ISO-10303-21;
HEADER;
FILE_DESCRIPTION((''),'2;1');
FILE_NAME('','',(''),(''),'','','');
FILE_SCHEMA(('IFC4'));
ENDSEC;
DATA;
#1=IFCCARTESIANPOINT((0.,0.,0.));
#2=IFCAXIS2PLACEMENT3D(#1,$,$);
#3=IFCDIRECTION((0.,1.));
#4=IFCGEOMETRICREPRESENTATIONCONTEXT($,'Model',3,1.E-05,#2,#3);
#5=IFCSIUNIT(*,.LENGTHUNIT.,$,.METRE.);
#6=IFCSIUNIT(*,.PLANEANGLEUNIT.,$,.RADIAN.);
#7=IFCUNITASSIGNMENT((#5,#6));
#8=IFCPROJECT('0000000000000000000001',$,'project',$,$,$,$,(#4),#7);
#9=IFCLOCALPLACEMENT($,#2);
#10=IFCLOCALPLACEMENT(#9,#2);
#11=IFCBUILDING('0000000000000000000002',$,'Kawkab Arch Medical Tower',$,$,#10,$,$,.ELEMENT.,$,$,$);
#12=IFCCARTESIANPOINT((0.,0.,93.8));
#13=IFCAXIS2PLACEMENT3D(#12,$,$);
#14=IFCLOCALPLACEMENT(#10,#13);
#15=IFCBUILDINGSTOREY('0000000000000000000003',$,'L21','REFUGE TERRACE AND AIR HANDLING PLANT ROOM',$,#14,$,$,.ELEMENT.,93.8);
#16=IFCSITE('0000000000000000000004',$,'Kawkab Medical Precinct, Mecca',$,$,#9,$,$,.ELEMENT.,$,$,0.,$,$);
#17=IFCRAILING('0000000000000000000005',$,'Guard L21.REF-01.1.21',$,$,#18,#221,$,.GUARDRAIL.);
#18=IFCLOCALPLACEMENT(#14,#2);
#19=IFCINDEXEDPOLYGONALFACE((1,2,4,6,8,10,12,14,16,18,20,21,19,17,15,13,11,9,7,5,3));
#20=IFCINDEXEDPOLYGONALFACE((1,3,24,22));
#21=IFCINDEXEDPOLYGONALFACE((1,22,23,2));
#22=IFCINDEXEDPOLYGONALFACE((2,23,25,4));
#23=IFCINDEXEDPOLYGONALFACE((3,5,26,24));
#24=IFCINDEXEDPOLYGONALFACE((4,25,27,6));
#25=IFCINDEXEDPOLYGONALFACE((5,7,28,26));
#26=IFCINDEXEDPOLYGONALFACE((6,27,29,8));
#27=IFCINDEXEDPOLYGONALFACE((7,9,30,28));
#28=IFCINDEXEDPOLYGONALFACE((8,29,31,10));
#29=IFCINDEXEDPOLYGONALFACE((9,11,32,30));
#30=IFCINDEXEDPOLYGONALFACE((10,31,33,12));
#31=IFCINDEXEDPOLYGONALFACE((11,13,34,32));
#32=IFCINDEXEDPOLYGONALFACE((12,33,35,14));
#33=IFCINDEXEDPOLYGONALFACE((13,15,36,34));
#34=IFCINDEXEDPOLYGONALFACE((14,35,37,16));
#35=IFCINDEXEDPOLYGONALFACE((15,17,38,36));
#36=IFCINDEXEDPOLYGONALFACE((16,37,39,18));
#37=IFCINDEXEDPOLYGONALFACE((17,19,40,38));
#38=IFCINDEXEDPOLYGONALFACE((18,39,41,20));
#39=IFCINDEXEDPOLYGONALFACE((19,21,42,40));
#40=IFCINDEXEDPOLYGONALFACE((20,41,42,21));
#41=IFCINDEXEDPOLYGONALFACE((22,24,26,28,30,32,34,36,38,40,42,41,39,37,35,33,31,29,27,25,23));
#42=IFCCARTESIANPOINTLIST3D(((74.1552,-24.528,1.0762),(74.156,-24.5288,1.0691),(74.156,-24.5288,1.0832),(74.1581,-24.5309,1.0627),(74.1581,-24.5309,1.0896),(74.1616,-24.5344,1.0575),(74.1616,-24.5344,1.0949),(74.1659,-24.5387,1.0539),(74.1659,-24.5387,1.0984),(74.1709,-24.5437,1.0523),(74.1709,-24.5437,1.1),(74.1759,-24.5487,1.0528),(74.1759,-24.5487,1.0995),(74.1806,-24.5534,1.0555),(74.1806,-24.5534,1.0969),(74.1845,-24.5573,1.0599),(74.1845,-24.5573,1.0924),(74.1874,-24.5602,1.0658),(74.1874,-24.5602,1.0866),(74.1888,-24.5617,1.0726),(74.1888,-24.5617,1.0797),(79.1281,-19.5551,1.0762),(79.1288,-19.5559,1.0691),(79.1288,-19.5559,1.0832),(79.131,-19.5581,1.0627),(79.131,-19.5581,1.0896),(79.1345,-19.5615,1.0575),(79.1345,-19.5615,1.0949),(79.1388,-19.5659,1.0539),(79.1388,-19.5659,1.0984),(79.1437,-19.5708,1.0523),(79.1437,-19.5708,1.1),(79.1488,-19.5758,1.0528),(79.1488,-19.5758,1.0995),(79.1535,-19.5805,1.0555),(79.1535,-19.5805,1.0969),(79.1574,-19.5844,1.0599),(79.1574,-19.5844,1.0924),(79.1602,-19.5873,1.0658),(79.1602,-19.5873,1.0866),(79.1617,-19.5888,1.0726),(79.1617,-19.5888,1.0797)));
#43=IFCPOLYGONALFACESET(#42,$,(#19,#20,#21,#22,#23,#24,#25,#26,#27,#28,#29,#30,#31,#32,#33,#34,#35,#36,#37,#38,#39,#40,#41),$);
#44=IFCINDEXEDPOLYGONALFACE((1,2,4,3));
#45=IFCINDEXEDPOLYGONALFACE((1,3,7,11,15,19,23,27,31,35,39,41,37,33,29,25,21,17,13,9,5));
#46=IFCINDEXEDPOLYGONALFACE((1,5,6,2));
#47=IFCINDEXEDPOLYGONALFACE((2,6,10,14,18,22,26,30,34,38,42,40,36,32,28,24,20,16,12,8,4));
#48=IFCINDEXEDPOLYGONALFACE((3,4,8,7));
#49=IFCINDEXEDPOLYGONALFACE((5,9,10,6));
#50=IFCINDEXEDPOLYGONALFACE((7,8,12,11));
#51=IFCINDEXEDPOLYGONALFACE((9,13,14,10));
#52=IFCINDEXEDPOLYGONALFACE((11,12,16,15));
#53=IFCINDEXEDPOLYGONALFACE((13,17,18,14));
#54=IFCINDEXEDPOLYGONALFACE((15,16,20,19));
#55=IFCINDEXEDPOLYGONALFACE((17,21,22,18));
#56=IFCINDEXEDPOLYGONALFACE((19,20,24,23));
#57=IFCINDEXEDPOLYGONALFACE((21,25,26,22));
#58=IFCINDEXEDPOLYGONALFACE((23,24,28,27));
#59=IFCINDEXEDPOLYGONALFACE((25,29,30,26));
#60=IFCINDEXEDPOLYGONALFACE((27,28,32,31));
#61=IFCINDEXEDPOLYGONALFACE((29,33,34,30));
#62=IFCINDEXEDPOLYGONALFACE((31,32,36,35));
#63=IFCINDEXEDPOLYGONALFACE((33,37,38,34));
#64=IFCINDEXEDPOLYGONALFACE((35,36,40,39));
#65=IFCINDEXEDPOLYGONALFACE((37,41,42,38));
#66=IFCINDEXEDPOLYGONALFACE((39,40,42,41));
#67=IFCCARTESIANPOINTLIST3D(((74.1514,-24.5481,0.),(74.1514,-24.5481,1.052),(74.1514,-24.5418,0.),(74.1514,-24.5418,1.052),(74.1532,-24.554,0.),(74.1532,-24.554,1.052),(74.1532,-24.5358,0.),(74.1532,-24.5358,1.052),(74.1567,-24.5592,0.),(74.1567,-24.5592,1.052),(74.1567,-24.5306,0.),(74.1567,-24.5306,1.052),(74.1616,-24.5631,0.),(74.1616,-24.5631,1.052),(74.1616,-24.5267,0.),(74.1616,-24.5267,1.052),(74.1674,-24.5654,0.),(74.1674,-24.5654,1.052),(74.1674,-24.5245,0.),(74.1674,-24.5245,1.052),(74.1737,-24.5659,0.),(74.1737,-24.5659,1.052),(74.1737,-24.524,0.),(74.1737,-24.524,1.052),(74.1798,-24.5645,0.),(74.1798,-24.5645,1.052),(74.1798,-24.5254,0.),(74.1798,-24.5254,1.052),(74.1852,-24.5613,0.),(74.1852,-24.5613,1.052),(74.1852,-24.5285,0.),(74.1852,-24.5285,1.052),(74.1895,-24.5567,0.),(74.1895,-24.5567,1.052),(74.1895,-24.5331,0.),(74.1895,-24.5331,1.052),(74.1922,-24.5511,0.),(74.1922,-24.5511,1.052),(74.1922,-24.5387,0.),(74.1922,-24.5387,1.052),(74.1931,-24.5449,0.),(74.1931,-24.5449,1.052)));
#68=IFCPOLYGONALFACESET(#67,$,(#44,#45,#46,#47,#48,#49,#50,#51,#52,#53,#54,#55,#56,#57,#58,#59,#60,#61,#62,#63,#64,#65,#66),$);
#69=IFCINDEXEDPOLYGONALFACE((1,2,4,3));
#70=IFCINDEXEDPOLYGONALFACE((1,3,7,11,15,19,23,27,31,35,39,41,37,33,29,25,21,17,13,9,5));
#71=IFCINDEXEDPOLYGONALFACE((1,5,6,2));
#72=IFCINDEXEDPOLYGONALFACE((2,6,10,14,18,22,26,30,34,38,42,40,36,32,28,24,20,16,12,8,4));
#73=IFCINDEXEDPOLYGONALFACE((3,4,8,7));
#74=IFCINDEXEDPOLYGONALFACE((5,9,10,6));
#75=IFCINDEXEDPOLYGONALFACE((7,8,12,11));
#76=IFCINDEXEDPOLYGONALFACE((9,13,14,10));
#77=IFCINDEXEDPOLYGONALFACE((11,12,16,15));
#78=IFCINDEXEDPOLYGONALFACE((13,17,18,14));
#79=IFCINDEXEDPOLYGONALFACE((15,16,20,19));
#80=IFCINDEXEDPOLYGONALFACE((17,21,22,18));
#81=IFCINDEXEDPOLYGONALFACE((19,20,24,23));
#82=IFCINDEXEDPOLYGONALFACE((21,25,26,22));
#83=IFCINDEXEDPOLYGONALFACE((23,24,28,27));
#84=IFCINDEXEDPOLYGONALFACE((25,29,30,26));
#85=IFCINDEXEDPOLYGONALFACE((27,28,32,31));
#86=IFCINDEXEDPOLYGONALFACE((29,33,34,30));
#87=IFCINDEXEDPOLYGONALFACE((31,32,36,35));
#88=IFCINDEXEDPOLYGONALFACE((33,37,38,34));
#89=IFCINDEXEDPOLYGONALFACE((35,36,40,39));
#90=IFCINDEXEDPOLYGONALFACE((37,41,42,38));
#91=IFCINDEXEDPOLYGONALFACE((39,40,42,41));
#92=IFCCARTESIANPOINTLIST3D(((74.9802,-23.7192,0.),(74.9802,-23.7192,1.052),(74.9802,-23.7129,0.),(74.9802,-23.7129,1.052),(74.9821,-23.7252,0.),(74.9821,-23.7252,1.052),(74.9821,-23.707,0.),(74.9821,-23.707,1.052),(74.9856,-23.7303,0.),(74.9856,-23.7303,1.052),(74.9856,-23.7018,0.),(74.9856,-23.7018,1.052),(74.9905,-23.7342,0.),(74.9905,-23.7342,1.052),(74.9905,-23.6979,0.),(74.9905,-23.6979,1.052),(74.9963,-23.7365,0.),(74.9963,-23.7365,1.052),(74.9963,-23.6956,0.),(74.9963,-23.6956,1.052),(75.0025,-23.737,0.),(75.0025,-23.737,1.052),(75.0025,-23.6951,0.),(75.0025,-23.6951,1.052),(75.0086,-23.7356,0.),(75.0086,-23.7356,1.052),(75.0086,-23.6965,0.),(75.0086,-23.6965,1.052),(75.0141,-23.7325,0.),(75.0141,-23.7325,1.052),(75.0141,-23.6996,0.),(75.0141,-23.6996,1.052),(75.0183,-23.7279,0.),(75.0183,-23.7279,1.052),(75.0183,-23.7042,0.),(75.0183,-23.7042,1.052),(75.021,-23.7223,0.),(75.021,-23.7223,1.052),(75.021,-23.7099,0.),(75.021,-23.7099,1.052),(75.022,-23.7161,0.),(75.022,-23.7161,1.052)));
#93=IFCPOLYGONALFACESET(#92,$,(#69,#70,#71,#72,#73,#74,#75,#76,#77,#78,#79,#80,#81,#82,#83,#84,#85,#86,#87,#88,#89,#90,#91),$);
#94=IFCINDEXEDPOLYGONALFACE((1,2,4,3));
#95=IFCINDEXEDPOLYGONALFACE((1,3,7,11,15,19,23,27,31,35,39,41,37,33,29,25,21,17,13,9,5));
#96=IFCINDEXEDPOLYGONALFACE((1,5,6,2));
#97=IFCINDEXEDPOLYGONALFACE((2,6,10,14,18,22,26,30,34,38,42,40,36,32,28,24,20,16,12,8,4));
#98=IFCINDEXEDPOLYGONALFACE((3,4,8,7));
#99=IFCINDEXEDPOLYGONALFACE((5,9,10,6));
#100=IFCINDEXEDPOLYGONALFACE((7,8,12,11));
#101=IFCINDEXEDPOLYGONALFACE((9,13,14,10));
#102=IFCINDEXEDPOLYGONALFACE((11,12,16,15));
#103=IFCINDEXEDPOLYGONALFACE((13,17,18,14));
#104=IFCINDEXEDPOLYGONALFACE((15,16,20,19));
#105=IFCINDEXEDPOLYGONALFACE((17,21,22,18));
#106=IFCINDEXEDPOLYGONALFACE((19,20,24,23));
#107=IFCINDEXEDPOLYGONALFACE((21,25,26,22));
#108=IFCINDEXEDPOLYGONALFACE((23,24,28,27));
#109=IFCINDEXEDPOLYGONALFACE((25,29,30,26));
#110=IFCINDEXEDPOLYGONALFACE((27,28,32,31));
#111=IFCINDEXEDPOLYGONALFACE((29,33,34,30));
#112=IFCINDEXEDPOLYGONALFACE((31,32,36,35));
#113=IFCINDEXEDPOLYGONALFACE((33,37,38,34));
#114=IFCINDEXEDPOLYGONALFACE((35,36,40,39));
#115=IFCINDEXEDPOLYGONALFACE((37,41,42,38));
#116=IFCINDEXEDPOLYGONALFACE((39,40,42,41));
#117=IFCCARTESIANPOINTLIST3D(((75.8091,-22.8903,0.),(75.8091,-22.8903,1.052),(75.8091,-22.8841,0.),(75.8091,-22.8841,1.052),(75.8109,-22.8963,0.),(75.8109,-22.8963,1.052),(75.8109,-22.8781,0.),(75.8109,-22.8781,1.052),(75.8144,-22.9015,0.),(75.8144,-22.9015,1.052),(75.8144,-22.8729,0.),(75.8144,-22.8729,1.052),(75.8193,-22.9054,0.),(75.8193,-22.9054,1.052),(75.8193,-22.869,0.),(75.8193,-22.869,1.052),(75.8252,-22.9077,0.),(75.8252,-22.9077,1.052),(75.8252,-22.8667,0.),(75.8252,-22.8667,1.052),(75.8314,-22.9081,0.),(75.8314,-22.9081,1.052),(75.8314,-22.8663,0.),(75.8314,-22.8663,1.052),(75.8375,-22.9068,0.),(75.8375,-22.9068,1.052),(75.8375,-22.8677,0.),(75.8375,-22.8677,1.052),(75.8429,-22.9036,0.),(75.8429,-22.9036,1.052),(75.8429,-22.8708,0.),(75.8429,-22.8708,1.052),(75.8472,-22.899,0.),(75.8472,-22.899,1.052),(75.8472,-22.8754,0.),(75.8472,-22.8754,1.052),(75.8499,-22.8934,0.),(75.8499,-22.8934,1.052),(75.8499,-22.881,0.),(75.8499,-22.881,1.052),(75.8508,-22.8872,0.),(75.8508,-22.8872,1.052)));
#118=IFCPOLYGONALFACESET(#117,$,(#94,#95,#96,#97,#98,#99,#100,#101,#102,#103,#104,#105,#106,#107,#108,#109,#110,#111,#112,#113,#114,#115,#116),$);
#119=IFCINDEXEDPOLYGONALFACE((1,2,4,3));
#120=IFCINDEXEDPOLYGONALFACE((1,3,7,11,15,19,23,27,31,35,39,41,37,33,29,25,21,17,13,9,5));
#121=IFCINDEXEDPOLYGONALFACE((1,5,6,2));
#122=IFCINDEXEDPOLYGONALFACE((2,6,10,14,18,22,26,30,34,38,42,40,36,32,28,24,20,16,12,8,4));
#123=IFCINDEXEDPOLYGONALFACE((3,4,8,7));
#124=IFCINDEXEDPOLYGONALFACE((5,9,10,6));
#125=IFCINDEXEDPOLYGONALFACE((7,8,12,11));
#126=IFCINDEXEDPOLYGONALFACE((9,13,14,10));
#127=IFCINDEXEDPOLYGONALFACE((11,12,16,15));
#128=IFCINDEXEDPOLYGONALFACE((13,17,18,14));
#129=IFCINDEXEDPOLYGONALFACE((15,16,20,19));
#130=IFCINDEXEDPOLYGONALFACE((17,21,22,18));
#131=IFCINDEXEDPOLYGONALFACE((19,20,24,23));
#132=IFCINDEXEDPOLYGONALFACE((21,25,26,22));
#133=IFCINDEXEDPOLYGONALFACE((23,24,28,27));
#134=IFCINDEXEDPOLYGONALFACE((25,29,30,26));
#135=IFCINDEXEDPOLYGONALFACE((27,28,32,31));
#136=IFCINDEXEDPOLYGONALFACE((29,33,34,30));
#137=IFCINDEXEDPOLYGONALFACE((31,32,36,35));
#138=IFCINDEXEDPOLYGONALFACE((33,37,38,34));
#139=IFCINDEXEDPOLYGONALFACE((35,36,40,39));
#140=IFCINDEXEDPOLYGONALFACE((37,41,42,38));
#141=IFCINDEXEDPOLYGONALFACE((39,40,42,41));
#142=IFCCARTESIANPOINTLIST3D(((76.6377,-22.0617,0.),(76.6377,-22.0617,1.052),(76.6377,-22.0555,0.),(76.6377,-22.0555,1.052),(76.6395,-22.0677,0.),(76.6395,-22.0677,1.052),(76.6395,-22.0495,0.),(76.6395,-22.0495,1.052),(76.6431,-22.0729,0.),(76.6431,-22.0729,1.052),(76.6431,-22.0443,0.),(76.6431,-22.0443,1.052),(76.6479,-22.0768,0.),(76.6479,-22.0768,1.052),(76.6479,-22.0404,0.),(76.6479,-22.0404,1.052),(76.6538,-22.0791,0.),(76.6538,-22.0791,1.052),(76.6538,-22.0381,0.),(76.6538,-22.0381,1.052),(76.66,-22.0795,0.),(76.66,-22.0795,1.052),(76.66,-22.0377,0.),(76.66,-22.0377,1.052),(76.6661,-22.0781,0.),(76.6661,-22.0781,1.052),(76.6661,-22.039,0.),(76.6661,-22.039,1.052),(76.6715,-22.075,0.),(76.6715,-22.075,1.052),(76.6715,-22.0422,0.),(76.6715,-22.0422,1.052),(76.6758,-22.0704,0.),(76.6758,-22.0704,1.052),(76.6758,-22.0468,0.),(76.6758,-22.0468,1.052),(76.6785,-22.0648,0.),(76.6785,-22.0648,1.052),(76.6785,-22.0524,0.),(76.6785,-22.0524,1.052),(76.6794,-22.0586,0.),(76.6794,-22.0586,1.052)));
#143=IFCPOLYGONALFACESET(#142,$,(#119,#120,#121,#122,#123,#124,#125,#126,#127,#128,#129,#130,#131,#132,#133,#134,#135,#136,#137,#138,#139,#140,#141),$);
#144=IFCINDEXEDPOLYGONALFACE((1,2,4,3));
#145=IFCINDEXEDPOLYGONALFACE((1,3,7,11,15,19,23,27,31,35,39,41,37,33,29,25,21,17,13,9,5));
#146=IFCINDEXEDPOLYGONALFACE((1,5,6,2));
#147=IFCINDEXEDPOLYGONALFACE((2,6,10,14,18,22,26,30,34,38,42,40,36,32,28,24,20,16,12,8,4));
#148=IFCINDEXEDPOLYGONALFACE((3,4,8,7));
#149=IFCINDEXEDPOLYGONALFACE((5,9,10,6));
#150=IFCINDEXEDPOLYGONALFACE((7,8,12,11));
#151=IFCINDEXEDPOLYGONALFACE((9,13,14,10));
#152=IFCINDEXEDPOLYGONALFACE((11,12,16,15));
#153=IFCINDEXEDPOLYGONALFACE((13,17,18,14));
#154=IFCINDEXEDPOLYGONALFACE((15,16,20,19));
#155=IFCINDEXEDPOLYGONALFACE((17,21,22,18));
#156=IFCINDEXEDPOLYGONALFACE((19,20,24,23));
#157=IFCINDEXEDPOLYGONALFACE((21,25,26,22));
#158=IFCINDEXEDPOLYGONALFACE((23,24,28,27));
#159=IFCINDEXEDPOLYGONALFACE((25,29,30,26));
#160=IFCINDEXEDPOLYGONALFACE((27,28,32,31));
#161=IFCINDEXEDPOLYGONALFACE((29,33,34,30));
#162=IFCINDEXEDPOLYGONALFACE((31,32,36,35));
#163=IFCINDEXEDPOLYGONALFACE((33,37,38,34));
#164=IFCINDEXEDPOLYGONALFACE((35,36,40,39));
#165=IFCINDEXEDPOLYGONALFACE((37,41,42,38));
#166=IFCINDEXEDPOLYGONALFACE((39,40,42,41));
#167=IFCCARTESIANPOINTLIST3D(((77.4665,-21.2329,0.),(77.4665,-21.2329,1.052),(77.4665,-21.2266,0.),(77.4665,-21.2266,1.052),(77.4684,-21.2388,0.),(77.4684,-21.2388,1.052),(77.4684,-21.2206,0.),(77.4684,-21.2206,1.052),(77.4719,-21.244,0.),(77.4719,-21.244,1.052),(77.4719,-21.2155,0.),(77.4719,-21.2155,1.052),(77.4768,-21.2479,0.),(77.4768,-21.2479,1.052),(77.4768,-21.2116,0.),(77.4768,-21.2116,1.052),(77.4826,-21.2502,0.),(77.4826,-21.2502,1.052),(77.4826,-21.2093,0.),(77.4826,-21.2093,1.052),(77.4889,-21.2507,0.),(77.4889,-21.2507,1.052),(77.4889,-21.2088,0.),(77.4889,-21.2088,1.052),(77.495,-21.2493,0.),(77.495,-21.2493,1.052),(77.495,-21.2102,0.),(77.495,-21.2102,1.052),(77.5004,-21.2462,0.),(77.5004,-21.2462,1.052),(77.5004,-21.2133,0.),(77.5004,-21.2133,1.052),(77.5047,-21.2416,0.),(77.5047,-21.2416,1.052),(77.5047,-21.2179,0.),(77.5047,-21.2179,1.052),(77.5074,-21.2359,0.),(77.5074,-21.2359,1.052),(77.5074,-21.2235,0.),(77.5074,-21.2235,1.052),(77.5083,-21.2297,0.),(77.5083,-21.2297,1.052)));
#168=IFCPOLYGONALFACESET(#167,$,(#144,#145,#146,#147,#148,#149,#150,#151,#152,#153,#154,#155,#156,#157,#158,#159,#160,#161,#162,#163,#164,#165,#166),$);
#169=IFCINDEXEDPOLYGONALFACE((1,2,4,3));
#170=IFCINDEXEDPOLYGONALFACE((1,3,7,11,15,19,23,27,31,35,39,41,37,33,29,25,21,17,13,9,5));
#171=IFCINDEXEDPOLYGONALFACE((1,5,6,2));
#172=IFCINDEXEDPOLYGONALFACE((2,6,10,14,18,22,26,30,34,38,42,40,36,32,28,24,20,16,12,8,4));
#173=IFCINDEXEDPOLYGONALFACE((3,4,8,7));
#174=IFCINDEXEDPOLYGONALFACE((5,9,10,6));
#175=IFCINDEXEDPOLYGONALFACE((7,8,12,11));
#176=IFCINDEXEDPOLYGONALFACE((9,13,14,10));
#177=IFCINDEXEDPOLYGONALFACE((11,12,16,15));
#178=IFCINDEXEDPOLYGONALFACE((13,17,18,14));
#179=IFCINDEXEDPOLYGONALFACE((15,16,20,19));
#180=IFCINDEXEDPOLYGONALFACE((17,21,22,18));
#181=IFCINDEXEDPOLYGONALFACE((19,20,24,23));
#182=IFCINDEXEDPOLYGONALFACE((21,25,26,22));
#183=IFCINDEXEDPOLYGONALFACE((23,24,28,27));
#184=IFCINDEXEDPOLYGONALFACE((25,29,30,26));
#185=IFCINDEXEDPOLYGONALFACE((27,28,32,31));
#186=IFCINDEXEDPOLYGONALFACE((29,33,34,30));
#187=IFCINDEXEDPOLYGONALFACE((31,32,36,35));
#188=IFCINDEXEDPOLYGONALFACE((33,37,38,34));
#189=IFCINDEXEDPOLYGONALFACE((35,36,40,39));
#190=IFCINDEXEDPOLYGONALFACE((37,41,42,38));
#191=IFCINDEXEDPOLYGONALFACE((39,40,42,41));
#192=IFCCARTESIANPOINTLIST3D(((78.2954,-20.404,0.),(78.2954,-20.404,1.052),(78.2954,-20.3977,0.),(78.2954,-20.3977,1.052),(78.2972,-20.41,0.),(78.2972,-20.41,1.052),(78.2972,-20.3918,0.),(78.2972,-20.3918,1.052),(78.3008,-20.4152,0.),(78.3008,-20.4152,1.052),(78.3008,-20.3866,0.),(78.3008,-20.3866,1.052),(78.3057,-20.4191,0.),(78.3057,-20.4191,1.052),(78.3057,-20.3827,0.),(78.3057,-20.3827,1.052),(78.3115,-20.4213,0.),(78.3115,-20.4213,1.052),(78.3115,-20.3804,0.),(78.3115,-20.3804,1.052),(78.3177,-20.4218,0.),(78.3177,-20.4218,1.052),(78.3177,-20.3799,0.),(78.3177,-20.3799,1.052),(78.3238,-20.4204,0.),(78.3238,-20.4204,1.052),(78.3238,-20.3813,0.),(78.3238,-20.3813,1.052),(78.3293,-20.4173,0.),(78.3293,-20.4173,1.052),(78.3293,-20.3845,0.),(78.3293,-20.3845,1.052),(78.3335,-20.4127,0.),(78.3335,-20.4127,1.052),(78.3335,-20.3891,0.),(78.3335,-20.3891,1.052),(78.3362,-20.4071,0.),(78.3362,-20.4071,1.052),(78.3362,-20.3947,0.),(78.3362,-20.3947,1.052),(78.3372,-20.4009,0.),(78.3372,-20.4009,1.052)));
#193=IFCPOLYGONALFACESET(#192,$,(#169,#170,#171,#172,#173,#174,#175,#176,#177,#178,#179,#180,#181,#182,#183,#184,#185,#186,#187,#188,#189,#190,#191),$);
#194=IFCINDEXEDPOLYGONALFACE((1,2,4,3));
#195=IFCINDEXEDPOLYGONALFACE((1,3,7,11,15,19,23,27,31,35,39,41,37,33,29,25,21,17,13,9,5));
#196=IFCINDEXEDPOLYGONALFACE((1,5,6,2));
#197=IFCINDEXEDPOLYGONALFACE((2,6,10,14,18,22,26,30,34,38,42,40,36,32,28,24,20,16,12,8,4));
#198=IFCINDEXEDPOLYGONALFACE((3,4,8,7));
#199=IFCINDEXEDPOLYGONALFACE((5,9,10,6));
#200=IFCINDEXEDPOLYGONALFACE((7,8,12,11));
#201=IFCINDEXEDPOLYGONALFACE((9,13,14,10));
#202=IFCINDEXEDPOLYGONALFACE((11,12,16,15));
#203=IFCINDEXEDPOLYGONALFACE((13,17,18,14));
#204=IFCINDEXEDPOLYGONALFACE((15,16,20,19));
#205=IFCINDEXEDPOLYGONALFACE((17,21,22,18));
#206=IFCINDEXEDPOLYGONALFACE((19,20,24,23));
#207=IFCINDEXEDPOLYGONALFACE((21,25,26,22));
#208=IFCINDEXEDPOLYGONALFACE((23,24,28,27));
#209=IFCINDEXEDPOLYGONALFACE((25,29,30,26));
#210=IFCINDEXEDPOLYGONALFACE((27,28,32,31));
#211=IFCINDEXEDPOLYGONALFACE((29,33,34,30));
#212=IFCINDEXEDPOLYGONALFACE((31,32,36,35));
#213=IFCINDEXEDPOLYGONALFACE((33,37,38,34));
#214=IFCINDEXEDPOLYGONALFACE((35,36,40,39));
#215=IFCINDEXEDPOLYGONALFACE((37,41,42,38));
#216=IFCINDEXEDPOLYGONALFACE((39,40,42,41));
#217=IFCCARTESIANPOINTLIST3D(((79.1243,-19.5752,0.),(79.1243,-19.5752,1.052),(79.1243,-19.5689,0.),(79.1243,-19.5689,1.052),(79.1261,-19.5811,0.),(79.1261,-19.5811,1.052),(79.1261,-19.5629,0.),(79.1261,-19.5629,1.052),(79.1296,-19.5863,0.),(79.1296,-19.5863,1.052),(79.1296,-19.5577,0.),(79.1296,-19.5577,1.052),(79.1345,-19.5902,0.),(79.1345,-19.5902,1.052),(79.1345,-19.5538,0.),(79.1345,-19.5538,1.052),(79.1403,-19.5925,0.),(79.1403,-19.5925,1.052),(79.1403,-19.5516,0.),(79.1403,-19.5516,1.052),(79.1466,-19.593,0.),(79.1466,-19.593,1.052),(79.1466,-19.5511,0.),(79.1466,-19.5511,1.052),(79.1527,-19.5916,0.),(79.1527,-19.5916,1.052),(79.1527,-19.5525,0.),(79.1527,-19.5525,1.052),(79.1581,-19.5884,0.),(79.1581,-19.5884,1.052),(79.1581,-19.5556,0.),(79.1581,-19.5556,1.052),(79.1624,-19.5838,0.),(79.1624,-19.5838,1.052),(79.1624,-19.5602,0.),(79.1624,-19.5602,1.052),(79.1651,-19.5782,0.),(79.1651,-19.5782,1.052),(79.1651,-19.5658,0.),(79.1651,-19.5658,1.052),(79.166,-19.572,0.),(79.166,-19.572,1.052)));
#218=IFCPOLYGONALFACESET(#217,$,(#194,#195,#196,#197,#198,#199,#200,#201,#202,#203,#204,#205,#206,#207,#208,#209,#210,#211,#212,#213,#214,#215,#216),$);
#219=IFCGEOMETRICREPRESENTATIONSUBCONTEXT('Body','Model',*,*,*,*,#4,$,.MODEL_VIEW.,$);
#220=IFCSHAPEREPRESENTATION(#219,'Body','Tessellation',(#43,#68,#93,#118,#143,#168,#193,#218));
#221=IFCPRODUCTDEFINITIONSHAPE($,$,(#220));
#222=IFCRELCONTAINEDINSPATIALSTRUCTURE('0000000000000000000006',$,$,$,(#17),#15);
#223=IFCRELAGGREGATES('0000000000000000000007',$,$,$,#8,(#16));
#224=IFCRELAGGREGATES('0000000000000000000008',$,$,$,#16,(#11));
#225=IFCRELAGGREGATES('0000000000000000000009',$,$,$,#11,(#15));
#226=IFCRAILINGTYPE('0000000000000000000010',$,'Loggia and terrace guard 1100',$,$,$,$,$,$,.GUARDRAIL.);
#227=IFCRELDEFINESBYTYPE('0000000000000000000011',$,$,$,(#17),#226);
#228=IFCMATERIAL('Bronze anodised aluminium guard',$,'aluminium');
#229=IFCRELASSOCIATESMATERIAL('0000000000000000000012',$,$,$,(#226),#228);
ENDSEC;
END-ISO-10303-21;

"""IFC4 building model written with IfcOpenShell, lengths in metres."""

from ifc_helpers import new_model, si_unit, direction, frame, origin, origin_2d, place, context, subcontext, project, spatial, circle, extrude, material, type_object, element, save


model = new_model("IFC4")

# Units and contexts
model_context = context("Model", 3, precision=1e-05, world=origin(), true_north=direction((0.0, 1.0)))
body_context = subcontext(model_context, "Body", "Model", "MODEL_VIEW")
ifc_project = project(units=[si_unit("LENGTHUNIT", "METRE"), si_unit("PLANEANGLEUNIT", "RADIAN")], contexts=[model_context])

# Site, building, storey
site_placement = place(None, origin())
site = spatial("IfcSite", under=ifc_project, at=site_placement, Name="Kawkab Medical Precinct, Mecca", CompositionType="ELEMENT", RefElevation=0.0)
building_placement = place(site_placement, origin())
building = spatial("IfcBuilding", under=site, at=building_placement, Name="Kawkab Arch Medical Tower", CompositionType="ELEMENT")
storey_placement = place(building_placement, frame((0.0, 0.0, 93.8)))
storey = spatial("IfcBuildingStorey", under=building, at=storey_placement, Name="L21", Description="REFUGE TERRACE AND AIR HANDLING PLANT ROOM", CompositionType="ELEMENT", Elevation=93.8)

# Railing
ifc_material_1 = material(Name="Bronze anodised aluminium guard", Category="aluminium")
railing_type = type_object("IfcRailingType", Name="Loggia and terrace guard 1100", PredefinedType="GUARDRAIL", material=ifc_material_1)
railing_1_placement = place(storey_placement, frame((74.1721, -24.5449, 0.0)))
element("IfcRailing", 1, at=railing_1_placement, inside=storey, type_object=railing_type, Name="Guard L21.REF-01.1.21", PredefinedType="GUARDRAIL", context=body_context, shape_type="SweptSolid", body=[
    extrude(circle(Radius=0.0239, at=origin_2d()), frame((0.0, 0.0, 1.0762), z_axis=(0.707107, 0.707107, 0.0), x_axis=(-0.707107, 0.707107, 0.0)), (0.0, 0.0, 1.0), 7.0327),
    extrude(circle(Radius=0.021, at=origin_2d()), origin(), (0.0, 0.0, 1.0), 1.052),
    extrude(circle(Radius=0.021, at=origin_2d()), frame((0.8289, 0.8289, 0.0)), (0.0, 0.0, 1.0), 1.052),
    extrude(circle(Radius=0.021, at=origin_2d()), frame((1.6577, 1.6577, 0.0)), (0.0, 0.0, 1.0), 1.052),
    extrude(circle(Radius=0.021, at=origin_2d()), frame((2.4863, 2.4863, 0.0)), (0.0, 0.0, 1.0), 1.052),
    extrude(circle(Radius=0.021, at=origin_2d()), frame((3.3152, 3.3152, 0.0)), (0.0, 0.0, 1.0), 1.052),
    extrude(circle(Radius=0.021, at=origin_2d()), frame((4.144, 4.144, 0.0)), (0.0, 0.0, 1.0), 1.052),
    extrude(circle(Radius=0.021, at=origin_2d()), frame((4.9729, 4.9729, 0.0)), (0.0, 0.0, 1.0), 1.052),
])

save(model, "model.ifc")
